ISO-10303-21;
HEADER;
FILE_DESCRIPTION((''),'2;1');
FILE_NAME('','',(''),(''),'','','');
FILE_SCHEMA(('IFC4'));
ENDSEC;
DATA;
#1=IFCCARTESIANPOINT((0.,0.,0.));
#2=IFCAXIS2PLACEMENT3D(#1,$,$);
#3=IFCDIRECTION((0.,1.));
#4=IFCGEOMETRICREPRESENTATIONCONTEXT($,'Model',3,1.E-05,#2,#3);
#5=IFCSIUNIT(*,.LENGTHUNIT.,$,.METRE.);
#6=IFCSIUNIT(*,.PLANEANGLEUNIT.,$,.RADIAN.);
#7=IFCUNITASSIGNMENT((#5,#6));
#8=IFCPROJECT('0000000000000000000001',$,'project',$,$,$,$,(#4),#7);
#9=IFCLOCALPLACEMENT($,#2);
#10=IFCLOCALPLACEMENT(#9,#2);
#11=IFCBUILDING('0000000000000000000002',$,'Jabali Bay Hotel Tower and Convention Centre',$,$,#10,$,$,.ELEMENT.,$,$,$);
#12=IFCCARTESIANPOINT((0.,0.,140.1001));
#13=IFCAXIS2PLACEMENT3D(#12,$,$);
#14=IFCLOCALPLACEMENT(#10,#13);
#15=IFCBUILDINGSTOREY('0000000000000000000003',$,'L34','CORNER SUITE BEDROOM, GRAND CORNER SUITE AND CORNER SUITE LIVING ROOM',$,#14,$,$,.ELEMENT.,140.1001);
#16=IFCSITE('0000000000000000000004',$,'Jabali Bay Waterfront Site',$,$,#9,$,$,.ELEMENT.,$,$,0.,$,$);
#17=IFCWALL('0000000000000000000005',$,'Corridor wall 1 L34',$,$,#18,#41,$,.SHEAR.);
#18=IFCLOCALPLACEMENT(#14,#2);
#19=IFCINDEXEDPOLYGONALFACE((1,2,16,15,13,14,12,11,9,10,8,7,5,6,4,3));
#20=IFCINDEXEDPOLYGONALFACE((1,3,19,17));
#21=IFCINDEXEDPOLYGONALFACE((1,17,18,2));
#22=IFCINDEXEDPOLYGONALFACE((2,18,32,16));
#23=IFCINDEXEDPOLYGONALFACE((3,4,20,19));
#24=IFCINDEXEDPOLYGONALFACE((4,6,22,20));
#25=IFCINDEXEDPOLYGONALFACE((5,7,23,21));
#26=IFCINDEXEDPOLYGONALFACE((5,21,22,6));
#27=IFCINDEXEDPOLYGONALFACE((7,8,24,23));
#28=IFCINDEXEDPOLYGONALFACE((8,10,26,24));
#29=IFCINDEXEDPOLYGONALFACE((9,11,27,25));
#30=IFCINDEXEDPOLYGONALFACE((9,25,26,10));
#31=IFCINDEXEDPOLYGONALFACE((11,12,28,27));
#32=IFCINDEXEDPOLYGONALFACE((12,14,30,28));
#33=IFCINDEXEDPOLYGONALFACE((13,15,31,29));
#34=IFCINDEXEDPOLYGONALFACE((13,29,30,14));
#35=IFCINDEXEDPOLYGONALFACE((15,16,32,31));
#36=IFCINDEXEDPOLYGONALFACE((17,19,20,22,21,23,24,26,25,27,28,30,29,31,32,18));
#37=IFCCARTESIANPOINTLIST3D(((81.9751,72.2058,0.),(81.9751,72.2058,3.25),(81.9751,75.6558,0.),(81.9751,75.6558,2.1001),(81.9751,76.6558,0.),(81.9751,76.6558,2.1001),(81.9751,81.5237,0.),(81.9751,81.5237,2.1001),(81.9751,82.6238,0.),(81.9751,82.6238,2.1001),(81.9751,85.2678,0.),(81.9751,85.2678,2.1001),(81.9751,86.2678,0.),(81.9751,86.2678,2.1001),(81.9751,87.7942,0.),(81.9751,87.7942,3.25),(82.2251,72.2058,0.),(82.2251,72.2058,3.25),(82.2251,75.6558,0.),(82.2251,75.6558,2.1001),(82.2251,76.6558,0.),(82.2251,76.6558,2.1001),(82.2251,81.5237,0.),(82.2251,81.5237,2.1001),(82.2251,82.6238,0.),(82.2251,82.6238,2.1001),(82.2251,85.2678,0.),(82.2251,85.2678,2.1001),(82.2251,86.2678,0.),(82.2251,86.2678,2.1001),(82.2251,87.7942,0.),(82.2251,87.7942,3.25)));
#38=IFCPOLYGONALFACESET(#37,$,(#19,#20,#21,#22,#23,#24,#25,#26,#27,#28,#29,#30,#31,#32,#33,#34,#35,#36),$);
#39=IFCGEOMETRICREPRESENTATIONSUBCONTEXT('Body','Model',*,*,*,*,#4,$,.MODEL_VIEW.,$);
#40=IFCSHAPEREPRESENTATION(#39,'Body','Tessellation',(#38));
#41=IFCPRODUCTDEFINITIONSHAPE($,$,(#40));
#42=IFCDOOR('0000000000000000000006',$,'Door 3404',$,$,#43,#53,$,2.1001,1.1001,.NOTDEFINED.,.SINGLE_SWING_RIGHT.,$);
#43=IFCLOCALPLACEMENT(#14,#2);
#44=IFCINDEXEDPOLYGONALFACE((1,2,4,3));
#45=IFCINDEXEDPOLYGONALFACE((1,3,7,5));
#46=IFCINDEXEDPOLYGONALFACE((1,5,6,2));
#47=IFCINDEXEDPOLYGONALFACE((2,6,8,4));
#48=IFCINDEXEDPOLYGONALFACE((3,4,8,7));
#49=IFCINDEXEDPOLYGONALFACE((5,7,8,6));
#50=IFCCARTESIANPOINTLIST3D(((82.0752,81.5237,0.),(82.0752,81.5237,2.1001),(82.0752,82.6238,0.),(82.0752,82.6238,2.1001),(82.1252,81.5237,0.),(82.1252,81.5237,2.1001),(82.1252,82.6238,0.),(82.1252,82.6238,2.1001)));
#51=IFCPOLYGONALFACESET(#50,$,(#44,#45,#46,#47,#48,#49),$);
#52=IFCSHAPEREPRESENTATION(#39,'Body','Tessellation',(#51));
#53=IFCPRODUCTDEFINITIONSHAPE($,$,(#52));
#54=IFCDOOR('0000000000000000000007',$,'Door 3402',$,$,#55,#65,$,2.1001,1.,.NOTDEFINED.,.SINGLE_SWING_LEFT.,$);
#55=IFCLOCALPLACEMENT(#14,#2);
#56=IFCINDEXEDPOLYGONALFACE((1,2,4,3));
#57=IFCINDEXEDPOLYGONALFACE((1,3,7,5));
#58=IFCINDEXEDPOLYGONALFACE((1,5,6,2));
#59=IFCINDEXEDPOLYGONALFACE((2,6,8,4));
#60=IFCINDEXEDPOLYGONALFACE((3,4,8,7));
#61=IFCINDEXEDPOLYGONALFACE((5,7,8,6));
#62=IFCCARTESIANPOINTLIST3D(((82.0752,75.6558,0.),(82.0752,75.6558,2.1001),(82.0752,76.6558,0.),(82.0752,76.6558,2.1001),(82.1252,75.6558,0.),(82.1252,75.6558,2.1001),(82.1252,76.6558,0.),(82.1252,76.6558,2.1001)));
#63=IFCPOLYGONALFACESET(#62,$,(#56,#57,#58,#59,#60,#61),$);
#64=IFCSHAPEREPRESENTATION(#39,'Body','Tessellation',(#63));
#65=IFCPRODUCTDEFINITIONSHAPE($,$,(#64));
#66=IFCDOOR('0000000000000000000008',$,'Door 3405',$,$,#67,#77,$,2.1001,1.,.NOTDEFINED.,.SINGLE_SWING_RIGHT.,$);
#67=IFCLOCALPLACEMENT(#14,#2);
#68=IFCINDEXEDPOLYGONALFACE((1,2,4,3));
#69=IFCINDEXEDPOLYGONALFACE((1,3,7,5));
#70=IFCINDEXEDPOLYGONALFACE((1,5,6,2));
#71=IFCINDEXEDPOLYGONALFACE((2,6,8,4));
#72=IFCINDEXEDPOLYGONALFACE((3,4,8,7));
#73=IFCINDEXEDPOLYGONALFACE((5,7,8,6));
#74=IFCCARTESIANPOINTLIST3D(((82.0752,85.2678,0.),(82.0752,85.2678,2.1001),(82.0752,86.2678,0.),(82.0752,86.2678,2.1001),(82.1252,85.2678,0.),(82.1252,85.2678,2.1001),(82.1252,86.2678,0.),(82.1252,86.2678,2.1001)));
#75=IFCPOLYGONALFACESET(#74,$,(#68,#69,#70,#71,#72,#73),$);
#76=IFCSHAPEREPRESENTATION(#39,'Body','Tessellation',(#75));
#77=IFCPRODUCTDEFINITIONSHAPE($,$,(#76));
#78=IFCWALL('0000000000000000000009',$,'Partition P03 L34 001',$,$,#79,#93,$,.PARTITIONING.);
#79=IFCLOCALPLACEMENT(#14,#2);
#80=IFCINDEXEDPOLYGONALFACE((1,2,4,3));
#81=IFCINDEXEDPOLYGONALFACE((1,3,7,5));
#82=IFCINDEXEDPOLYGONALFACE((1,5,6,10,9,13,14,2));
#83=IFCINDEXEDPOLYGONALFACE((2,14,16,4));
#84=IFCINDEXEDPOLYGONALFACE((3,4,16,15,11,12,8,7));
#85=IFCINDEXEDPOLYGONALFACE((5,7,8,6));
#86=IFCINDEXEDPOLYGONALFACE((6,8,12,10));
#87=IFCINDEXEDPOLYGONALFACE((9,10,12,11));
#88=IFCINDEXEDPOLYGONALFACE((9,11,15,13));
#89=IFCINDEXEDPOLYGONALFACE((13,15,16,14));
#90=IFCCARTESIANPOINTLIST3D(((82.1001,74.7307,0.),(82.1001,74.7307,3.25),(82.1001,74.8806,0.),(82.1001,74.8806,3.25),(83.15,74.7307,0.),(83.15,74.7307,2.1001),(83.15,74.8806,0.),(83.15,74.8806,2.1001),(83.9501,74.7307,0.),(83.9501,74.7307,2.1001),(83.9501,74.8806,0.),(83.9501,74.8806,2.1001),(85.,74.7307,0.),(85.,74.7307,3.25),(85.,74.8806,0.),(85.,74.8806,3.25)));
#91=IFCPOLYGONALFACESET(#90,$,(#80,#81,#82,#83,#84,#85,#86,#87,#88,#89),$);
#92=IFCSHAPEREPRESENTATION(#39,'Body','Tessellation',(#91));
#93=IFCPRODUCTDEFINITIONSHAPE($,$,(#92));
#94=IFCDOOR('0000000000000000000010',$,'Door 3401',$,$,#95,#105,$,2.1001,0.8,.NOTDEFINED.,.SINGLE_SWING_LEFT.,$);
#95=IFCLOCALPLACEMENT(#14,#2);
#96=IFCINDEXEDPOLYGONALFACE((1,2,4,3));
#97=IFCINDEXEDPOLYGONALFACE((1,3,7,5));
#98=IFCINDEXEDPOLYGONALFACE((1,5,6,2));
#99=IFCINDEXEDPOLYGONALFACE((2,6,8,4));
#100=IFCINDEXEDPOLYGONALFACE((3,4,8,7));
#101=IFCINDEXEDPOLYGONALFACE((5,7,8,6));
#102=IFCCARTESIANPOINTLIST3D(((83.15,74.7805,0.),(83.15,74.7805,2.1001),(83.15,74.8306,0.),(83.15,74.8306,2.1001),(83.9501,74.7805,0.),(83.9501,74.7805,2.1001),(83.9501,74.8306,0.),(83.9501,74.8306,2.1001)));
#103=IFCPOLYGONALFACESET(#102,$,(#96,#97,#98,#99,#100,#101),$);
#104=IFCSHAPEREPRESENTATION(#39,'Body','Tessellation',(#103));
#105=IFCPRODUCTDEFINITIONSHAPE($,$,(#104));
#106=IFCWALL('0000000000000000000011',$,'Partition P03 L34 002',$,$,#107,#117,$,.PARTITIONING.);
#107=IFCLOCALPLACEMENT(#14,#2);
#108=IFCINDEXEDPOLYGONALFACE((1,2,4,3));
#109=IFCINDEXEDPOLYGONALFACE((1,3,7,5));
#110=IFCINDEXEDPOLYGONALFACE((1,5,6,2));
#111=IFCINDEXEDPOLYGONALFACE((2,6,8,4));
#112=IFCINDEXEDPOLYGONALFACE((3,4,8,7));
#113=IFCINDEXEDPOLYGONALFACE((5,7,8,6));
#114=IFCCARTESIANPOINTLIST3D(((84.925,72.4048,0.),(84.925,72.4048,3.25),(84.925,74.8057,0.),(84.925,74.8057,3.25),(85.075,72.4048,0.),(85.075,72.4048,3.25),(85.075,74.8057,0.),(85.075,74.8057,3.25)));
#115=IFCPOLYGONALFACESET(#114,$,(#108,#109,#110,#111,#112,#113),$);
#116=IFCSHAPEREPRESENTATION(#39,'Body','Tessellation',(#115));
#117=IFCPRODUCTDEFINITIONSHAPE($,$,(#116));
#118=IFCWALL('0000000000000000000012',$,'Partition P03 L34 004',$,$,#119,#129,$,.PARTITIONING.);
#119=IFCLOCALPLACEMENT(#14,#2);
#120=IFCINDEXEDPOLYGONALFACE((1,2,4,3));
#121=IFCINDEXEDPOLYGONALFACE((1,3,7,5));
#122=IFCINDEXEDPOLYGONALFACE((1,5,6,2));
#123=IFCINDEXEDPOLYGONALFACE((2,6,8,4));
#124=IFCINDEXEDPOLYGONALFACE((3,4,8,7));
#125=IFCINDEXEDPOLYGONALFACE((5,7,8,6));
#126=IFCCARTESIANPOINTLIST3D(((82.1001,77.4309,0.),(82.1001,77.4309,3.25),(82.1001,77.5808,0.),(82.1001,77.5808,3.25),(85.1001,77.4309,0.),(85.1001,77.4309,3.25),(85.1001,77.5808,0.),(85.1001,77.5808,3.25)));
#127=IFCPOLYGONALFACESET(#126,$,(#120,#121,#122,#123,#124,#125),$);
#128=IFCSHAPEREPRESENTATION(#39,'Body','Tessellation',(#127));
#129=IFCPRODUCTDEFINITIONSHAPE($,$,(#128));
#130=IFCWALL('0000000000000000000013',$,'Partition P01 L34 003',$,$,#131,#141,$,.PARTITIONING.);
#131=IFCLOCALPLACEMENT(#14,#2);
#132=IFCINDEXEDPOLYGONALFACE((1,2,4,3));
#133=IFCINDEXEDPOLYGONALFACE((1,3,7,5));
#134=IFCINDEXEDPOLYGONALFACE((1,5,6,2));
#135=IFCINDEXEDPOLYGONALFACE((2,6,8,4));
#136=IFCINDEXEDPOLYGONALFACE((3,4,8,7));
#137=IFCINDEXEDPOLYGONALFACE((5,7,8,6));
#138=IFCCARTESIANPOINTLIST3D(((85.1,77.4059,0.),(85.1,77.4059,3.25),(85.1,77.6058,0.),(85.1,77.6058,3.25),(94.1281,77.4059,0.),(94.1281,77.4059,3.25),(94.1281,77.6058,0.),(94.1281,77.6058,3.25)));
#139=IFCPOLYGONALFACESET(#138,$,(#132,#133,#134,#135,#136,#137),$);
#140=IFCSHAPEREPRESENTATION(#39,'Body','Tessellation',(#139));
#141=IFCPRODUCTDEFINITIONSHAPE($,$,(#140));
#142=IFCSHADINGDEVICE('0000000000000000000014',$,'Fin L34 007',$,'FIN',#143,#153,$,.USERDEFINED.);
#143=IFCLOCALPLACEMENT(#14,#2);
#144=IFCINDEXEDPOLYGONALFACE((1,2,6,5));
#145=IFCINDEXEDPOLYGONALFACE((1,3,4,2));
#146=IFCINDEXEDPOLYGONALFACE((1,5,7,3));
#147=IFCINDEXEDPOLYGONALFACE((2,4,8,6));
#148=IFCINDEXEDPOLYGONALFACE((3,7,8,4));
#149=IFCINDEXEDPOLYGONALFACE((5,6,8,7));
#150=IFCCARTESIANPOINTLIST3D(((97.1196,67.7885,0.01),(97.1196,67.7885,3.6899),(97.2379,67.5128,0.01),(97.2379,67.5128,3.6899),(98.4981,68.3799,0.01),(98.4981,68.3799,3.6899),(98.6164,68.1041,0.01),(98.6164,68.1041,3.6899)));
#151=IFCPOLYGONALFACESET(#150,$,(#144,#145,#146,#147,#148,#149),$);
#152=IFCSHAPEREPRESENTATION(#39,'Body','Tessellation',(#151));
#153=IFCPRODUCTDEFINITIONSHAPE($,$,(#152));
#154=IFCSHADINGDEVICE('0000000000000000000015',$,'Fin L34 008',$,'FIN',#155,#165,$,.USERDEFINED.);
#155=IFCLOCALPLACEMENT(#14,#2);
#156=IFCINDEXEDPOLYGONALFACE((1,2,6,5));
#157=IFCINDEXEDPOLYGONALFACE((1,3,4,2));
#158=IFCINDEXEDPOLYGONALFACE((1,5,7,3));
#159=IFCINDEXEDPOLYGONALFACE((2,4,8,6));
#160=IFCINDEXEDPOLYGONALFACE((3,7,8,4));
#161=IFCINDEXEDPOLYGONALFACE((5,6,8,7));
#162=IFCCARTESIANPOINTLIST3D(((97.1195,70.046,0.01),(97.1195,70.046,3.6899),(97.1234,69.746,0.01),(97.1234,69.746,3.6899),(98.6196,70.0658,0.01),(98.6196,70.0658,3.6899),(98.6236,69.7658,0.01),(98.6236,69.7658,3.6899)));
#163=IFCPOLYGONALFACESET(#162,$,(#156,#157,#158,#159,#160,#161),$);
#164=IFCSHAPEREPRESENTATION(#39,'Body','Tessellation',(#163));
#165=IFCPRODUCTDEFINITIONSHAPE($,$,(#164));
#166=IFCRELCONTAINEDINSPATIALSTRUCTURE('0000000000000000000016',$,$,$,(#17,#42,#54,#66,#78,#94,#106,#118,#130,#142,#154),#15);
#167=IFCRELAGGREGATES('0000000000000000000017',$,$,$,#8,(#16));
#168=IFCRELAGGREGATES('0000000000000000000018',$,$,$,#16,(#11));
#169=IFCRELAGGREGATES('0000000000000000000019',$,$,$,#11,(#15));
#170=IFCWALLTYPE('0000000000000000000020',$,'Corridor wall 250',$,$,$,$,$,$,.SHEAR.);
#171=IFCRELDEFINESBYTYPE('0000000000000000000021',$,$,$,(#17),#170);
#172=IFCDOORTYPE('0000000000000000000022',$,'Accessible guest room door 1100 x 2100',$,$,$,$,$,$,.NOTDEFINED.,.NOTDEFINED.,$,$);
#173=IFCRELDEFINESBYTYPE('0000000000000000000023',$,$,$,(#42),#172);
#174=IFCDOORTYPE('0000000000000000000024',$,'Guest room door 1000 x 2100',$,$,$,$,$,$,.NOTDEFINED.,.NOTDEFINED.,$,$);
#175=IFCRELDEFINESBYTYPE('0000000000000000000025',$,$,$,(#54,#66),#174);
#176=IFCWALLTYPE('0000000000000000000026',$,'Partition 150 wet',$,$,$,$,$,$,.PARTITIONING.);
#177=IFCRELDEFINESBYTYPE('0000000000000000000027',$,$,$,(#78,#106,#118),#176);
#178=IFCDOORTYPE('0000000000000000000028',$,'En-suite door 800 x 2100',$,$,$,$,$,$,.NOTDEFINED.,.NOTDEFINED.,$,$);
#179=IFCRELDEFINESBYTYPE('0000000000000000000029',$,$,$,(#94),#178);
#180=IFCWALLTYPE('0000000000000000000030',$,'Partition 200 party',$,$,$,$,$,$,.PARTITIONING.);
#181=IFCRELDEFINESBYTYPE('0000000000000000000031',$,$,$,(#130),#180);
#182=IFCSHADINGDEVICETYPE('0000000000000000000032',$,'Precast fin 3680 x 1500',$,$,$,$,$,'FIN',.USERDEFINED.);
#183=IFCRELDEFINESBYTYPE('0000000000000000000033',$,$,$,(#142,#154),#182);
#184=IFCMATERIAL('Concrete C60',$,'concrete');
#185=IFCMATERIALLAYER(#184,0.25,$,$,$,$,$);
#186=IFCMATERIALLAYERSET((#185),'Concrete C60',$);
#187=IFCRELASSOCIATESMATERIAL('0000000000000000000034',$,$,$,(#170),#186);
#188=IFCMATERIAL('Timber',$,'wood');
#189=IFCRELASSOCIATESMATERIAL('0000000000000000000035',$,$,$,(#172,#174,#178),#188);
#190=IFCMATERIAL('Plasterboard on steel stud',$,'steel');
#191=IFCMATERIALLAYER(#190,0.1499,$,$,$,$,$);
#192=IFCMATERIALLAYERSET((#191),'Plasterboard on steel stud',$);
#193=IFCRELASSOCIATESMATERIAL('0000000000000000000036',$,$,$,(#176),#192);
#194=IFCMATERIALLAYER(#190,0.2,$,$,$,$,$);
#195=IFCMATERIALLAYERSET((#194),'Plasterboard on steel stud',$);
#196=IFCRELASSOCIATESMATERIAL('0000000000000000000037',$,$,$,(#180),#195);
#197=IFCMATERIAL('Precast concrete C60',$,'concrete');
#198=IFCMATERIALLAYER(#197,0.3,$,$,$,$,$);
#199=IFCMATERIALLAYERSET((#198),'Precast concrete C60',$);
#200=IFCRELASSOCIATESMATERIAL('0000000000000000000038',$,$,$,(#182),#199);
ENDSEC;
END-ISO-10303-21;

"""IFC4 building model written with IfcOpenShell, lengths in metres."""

from ifc_helpers import new_model, si_unit, direction, frame, frame_2d, origin, place, context, subcontext, project, spatial, rectangle, extrude, material, layer, layer_set, type_object, element, fill, save


model = new_model("IFC4")

# Units and contexts
model_context = context("Model", 3, precision=1e-05, world=origin(), true_north=direction((0.0, 1.0)))
body_context = subcontext(model_context, "Body", "Model", "MODEL_VIEW")
ifc_project = project(units=[si_unit("LENGTHUNIT", "METRE"), si_unit("PLANEANGLEUNIT", "RADIAN")], contexts=[model_context])

# Site, building, storey
site_placement = place(None, origin())
site = spatial("IfcSite", under=ifc_project, at=site_placement, Name="Jabali Bay Waterfront Site", CompositionType="ELEMENT", RefElevation=0.0)
building_placement = place(site_placement, origin())
building = spatial("IfcBuilding", under=site, at=building_placement, Name="Jabali Bay Hotel Tower and Convention Centre", CompositionType="ELEMENT")
storey_placement = place(building_placement, frame((0.0, 0.0, 140.1001)))
storey = spatial("IfcBuildingStorey", under=building, at=storey_placement, Name="L34", Description="CORNER SUITE BEDROOM, GRAND CORNER SUITE AND CORNER SUITE LIVING ROOM", CompositionType="ELEMENT", Elevation=140.1001)

# Shared definitions
ifc_material_1 = material(Name="Concrete C60", Category="concrete")

# Wall, openings, doors
ifc_layer_1 = layer(ifc_material_1, 0.25)
ifc_layer_set_1 = layer_set([ifc_layer_1], Name="Concrete C60")
wall_type_1 = type_object("IfcWallType", Name="Corridor wall 250", PredefinedType="SHEAR", material=ifc_layer_set_1)
wall_1_placement = place(storey_placement, frame((82.1001, 72.2058, 0.0), z_axis=(0.0, 0.0, 1.0), x_axis=(0.0, 1.0, 0.0)))
wall_1 = element("IfcWall", 1, at=wall_1_placement, inside=storey, type_object=wall_type_1, Name="Corridor wall 1 L34", PredefinedType="SHEAR", context=body_context, shape_type="SweptSolid", body=[
    extrude(rectangle(XDim=15.5884, YDim=0.25, at=frame_2d((7.7942, 0.0))), origin(), (0.0, 0.0, 1.0), 3.25),
])
opening_1_placement = place(wall_1_placement, frame((3.45, 0.0, 0.0)))
opening_1 = element("IfcOpeningElement", 2, at=opening_1_placement, cuts=wall_1, PredefinedType="OPENING", context=body_context, shape_type="SweptSolid", body=[
    extrude(rectangle(XDim=1.0, YDim=2.1001, at=frame_2d((0.5, 1.05))), frame((0.0, 0.1355, 0.0), z_axis=(0.0, -1.0, 0.0), x_axis=(1.0, 0.0, 0.0)), (0.0, 0.0, 1.0), 0.271),
])
opening_2_placement = place(wall_1_placement, frame((9.3179, 0.0, 0.0)))
opening_2 = element("IfcOpeningElement", 3, at=opening_2_placement, cuts=wall_1, PredefinedType="OPENING", context=body_context, shape_type="SweptSolid", body=[
    extrude(rectangle(XDim=1.1001, YDim=2.1001, at=frame_2d((0.55, 1.05))), frame((0.0, 0.1355, 0.0), z_axis=(0.0, -1.0, 0.0), x_axis=(1.0, 0.0, 0.0)), (0.0, 0.0, 1.0), 0.271),
])
opening_3_placement = place(wall_1_placement, frame((13.062, 0.0, 0.0)))
opening_3 = element("IfcOpeningElement", 4, at=opening_3_placement, cuts=wall_1, PredefinedType="OPENING", context=body_context, shape_type="SweptSolid", body=[
    extrude(rectangle(XDim=1.0, YDim=2.1001, at=frame_2d((0.5, 1.05))), frame((0.0, 0.1355, 0.0), z_axis=(0.0, -1.0, 0.0), x_axis=(1.0, 0.0, 0.0)), (0.0, 0.0, 1.0), 0.271),
])
ifc_material_2 = material(Name="Timber", Category="wood")
door_type_1 = type_object("IfcDoorType", Name="Accessible guest room door 1100 x 2100", OperationType="NOTDEFINED", PredefinedType="NOTDEFINED", material=ifc_material_2)
door_1_placement = place(opening_2_placement, origin())
door_1 = element("IfcDoor", 5, at=door_1_placement, inside=storey, type_object=door_type_1, Name="Door 3404", OperationType="SINGLE_SWING_RIGHT", OverallHeight=2.1001, OverallWidth=1.1001, PredefinedType="NOTDEFINED", context=body_context, shape_type="SweptSolid", body=[
    extrude(rectangle(XDim=1.1001, YDim=2.1001, at=frame_2d((0.55, 1.05))), frame((0.0, 0.0249, 0.0), z_axis=(0.0, -1.0, 0.0), x_axis=(1.0, 0.0, 0.0)), (0.0, 0.0, 1.0), 0.05),
])
fill(opening_2, door_1)
door_type_2 = type_object("IfcDoorType", Name="Guest room door 1000 x 2100", OperationType="NOTDEFINED", PredefinedType="NOTDEFINED", material=ifc_material_2)
door_2_placement = place(opening_1_placement, origin())
door_2 = element("IfcDoor", 6, at=door_2_placement, inside=storey, type_object=door_type_2, Name="Door 3402", OperationType="SINGLE_SWING_LEFT", OverallHeight=2.1001, OverallWidth=1.0, PredefinedType="NOTDEFINED", context=body_context, shape_type="SweptSolid", body=[
    extrude(rectangle(XDim=1.0, YDim=2.1001, at=frame_2d((0.5, 1.05))), frame((0.0, 0.0249, 0.0), z_axis=(0.0, -1.0, 0.0), x_axis=(1.0, 0.0, 0.0)), (0.0, 0.0, 1.0), 0.05),
])
fill(opening_1, door_2)
door_3_placement = place(opening_3_placement, origin())
door_3 = element("IfcDoor", 7, at=door_3_placement, inside=storey, type_object=door_type_2, Name="Door 3405", OperationType="SINGLE_SWING_RIGHT", OverallHeight=2.1001, OverallWidth=1.0, PredefinedType="NOTDEFINED", context=body_context, shape_type="SweptSolid", body=[
    extrude(rectangle(XDim=1.0, YDim=2.1001, at=frame_2d((0.5, 1.05))), frame((0.0, 0.0249, 0.0), z_axis=(0.0, -1.0, 0.0), x_axis=(1.0, 0.0, 0.0)), (0.0, 0.0, 1.0), 0.05),
])
fill(opening_3, door_3)

# Wall, opening, door
ifc_material_3 = material(Name="Plasterboard on steel stud", Category="steel")
ifc_layer_2 = layer(ifc_material_3, 0.1499)
ifc_layer_set_2 = layer_set([ifc_layer_2], Name="Plasterboard on steel stud")
wall_type_2 = type_object("IfcWallType", Name="Partition 150 wet", PredefinedType="PARTITIONING", material=ifc_layer_set_2)
wall_2_placement = place(storey_placement, frame((82.1001, 74.8057, 0.0), z_axis=(0.0, 0.0, 1.0), x_axis=(1.0, 0.0, 0.0)))
wall_2 = element("IfcWall", 8, at=wall_2_placement, inside=storey, type_object=wall_type_2, Name="Partition P03 L34 001", PredefinedType="PARTITIONING", context=body_context, shape_type="SweptSolid", body=[
    extrude(rectangle(XDim=2.8999, YDim=0.1499, at=frame_2d((1.45, 0.0))), origin(), (0.0, 0.0, 1.0), 3.25),
])
opening_4_placement = place(wall_2_placement, frame((1.05, 0.0, 0.0)))
opening_4 = element("IfcOpeningElement", 9, at=opening_4_placement, cuts=wall_2, PredefinedType="OPENING", context=body_context, shape_type="SweptSolid", body=[
    extrude(rectangle(XDim=0.8, YDim=2.1001, at=frame_2d((0.3999, 1.05))), frame((0.0, 0.0854, 0.0), z_axis=(0.0, -1.0, 0.0), x_axis=(1.0, 0.0, 0.0)), (0.0, 0.0, 1.0), 0.1709),
])
door_type_3 = type_object("IfcDoorType", Name="En-suite door 800 x 2100", OperationType="NOTDEFINED", PredefinedType="NOTDEFINED", material=ifc_material_2)
door_4_placement = place(opening_4_placement, origin())
door_4 = element("IfcDoor", 10, at=door_4_placement, inside=storey, type_object=door_type_3, Name="Door 3401", OperationType="SINGLE_SWING_LEFT", OverallHeight=2.1001, OverallWidth=0.8, PredefinedType="NOTDEFINED", context=body_context, shape_type="SweptSolid", body=[
    extrude(rectangle(XDim=0.8, YDim=2.1001, at=frame_2d((0.3999, 1.05))), frame((0.0, 0.0249, 0.0), z_axis=(0.0, -1.0, 0.0), x_axis=(1.0, 0.0, 0.0)), (0.0, 0.0, 1.0), 0.05),
])
fill(opening_4, door_4)

# Walls
wall_3_placement = place(storey_placement, frame((85.0, 74.8057, 0.0), z_axis=(0.0, 0.0, 1.0), x_axis=(0.0, -1.0, 0.0)))
element("IfcWall", 11, at=wall_3_placement, inside=storey, type_object=wall_type_2, Name="Partition P03 L34 002", PredefinedType="PARTITIONING", context=body_context, shape_type="SweptSolid", body=[
    extrude(rectangle(XDim=2.4009, YDim=0.1499, at=frame_2d((1.2004, 0.0))), origin(), (0.0, 0.0, 1.0), 3.25),
])
wall_4_placement = place(storey_placement, frame((85.1001, 77.5059, 0.0), z_axis=(0.0, 0.0, 1.0), x_axis=(-1.0, 0.0, 0.0)))
element("IfcWall", 12, at=wall_4_placement, inside=storey, type_object=wall_type_2, Name="Partition P03 L34 004", PredefinedType="PARTITIONING", context=body_context, shape_type="SweptSolid", body=[
    extrude(rectangle(XDim=3.0, YDim=0.1499, at=frame_2d((1.5, 0.0))), origin(), (0.0, 0.0, 1.0), 3.25),
])
ifc_layer_3 = layer(ifc_material_3, 0.2)
ifc_layer_set_3 = layer_set([ifc_layer_3], Name="Plasterboard on steel stud")
wall_type_3 = type_object("IfcWallType", Name="Partition 200 party", PredefinedType="PARTITIONING", material=ifc_layer_set_3)
wall_5_placement = place(storey_placement, frame((94.1282, 77.5059, 0.0), z_axis=(0.0, 0.0, 1.0), x_axis=(-1.0, 0.0, 0.0)))
element("IfcWall", 13, at=wall_5_placement, inside=storey, type_object=wall_type_3, Name="Partition P01 L34 003", PredefinedType="PARTITIONING", context=body_context, shape_type="SweptSolid", body=[
    extrude(rectangle(XDim=9.0281, YDim=0.2, at=frame_2d((4.5142, 0.0))), origin(), (0.0, 0.0, 1.0), 3.25),
])

# Shading devices
ifc_material_4 = material(Name="Precast concrete C60", Category="concrete")
ifc_layer_4 = layer(ifc_material_4, 0.3)
ifc_layer_set_4 = layer_set([ifc_layer_4], Name="Precast concrete C60")
shading_device_type = type_object("IfcShadingDeviceType", Name="Precast fin 3680 x 1500", ElementType="FIN", PredefinedType="USERDEFINED", material=ifc_layer_set_4)
shading_device_1_placement = place(storey_placement, frame((97.1787, 67.6506, 0.01), z_axis=(0.0, 0.0, 1.0), x_axis=(0.91901, 0.394234, 0.0)))
element("IfcShadingDevice", 14, at=shading_device_1_placement, inside=storey, type_object=shading_device_type, Name="Fin L34 007", ObjectType="FIN", PredefinedType="USERDEFINED", context=body_context, shape_type="SweptSolid", body=[
    extrude(rectangle(XDim=1.5, YDim=0.3, at=frame_2d((0.75, 0.0))), origin(), (0.0, 0.0, 1.0), 3.6799),
])
shading_device_2_placement = place(storey_placement, frame((97.1216, 69.896, 0.01), z_axis=(0.0, 0.0, 1.0), x_axis=(0.999913, 0.013182, 0.0)))
element("IfcShadingDevice", 15, at=shading_device_2_placement, inside=storey, type_object=shading_device_type, Name="Fin L34 008", ObjectType="FIN", PredefinedType="USERDEFINED", context=body_context, shape_type="SweptSolid", body=[
    extrude(rectangle(XDim=1.5002, YDim=0.3, at=frame_2d((0.75, 0.0))), origin(), (0.0, 0.0, 1.0), 3.6799),
])

save(model, "model.ifc")
